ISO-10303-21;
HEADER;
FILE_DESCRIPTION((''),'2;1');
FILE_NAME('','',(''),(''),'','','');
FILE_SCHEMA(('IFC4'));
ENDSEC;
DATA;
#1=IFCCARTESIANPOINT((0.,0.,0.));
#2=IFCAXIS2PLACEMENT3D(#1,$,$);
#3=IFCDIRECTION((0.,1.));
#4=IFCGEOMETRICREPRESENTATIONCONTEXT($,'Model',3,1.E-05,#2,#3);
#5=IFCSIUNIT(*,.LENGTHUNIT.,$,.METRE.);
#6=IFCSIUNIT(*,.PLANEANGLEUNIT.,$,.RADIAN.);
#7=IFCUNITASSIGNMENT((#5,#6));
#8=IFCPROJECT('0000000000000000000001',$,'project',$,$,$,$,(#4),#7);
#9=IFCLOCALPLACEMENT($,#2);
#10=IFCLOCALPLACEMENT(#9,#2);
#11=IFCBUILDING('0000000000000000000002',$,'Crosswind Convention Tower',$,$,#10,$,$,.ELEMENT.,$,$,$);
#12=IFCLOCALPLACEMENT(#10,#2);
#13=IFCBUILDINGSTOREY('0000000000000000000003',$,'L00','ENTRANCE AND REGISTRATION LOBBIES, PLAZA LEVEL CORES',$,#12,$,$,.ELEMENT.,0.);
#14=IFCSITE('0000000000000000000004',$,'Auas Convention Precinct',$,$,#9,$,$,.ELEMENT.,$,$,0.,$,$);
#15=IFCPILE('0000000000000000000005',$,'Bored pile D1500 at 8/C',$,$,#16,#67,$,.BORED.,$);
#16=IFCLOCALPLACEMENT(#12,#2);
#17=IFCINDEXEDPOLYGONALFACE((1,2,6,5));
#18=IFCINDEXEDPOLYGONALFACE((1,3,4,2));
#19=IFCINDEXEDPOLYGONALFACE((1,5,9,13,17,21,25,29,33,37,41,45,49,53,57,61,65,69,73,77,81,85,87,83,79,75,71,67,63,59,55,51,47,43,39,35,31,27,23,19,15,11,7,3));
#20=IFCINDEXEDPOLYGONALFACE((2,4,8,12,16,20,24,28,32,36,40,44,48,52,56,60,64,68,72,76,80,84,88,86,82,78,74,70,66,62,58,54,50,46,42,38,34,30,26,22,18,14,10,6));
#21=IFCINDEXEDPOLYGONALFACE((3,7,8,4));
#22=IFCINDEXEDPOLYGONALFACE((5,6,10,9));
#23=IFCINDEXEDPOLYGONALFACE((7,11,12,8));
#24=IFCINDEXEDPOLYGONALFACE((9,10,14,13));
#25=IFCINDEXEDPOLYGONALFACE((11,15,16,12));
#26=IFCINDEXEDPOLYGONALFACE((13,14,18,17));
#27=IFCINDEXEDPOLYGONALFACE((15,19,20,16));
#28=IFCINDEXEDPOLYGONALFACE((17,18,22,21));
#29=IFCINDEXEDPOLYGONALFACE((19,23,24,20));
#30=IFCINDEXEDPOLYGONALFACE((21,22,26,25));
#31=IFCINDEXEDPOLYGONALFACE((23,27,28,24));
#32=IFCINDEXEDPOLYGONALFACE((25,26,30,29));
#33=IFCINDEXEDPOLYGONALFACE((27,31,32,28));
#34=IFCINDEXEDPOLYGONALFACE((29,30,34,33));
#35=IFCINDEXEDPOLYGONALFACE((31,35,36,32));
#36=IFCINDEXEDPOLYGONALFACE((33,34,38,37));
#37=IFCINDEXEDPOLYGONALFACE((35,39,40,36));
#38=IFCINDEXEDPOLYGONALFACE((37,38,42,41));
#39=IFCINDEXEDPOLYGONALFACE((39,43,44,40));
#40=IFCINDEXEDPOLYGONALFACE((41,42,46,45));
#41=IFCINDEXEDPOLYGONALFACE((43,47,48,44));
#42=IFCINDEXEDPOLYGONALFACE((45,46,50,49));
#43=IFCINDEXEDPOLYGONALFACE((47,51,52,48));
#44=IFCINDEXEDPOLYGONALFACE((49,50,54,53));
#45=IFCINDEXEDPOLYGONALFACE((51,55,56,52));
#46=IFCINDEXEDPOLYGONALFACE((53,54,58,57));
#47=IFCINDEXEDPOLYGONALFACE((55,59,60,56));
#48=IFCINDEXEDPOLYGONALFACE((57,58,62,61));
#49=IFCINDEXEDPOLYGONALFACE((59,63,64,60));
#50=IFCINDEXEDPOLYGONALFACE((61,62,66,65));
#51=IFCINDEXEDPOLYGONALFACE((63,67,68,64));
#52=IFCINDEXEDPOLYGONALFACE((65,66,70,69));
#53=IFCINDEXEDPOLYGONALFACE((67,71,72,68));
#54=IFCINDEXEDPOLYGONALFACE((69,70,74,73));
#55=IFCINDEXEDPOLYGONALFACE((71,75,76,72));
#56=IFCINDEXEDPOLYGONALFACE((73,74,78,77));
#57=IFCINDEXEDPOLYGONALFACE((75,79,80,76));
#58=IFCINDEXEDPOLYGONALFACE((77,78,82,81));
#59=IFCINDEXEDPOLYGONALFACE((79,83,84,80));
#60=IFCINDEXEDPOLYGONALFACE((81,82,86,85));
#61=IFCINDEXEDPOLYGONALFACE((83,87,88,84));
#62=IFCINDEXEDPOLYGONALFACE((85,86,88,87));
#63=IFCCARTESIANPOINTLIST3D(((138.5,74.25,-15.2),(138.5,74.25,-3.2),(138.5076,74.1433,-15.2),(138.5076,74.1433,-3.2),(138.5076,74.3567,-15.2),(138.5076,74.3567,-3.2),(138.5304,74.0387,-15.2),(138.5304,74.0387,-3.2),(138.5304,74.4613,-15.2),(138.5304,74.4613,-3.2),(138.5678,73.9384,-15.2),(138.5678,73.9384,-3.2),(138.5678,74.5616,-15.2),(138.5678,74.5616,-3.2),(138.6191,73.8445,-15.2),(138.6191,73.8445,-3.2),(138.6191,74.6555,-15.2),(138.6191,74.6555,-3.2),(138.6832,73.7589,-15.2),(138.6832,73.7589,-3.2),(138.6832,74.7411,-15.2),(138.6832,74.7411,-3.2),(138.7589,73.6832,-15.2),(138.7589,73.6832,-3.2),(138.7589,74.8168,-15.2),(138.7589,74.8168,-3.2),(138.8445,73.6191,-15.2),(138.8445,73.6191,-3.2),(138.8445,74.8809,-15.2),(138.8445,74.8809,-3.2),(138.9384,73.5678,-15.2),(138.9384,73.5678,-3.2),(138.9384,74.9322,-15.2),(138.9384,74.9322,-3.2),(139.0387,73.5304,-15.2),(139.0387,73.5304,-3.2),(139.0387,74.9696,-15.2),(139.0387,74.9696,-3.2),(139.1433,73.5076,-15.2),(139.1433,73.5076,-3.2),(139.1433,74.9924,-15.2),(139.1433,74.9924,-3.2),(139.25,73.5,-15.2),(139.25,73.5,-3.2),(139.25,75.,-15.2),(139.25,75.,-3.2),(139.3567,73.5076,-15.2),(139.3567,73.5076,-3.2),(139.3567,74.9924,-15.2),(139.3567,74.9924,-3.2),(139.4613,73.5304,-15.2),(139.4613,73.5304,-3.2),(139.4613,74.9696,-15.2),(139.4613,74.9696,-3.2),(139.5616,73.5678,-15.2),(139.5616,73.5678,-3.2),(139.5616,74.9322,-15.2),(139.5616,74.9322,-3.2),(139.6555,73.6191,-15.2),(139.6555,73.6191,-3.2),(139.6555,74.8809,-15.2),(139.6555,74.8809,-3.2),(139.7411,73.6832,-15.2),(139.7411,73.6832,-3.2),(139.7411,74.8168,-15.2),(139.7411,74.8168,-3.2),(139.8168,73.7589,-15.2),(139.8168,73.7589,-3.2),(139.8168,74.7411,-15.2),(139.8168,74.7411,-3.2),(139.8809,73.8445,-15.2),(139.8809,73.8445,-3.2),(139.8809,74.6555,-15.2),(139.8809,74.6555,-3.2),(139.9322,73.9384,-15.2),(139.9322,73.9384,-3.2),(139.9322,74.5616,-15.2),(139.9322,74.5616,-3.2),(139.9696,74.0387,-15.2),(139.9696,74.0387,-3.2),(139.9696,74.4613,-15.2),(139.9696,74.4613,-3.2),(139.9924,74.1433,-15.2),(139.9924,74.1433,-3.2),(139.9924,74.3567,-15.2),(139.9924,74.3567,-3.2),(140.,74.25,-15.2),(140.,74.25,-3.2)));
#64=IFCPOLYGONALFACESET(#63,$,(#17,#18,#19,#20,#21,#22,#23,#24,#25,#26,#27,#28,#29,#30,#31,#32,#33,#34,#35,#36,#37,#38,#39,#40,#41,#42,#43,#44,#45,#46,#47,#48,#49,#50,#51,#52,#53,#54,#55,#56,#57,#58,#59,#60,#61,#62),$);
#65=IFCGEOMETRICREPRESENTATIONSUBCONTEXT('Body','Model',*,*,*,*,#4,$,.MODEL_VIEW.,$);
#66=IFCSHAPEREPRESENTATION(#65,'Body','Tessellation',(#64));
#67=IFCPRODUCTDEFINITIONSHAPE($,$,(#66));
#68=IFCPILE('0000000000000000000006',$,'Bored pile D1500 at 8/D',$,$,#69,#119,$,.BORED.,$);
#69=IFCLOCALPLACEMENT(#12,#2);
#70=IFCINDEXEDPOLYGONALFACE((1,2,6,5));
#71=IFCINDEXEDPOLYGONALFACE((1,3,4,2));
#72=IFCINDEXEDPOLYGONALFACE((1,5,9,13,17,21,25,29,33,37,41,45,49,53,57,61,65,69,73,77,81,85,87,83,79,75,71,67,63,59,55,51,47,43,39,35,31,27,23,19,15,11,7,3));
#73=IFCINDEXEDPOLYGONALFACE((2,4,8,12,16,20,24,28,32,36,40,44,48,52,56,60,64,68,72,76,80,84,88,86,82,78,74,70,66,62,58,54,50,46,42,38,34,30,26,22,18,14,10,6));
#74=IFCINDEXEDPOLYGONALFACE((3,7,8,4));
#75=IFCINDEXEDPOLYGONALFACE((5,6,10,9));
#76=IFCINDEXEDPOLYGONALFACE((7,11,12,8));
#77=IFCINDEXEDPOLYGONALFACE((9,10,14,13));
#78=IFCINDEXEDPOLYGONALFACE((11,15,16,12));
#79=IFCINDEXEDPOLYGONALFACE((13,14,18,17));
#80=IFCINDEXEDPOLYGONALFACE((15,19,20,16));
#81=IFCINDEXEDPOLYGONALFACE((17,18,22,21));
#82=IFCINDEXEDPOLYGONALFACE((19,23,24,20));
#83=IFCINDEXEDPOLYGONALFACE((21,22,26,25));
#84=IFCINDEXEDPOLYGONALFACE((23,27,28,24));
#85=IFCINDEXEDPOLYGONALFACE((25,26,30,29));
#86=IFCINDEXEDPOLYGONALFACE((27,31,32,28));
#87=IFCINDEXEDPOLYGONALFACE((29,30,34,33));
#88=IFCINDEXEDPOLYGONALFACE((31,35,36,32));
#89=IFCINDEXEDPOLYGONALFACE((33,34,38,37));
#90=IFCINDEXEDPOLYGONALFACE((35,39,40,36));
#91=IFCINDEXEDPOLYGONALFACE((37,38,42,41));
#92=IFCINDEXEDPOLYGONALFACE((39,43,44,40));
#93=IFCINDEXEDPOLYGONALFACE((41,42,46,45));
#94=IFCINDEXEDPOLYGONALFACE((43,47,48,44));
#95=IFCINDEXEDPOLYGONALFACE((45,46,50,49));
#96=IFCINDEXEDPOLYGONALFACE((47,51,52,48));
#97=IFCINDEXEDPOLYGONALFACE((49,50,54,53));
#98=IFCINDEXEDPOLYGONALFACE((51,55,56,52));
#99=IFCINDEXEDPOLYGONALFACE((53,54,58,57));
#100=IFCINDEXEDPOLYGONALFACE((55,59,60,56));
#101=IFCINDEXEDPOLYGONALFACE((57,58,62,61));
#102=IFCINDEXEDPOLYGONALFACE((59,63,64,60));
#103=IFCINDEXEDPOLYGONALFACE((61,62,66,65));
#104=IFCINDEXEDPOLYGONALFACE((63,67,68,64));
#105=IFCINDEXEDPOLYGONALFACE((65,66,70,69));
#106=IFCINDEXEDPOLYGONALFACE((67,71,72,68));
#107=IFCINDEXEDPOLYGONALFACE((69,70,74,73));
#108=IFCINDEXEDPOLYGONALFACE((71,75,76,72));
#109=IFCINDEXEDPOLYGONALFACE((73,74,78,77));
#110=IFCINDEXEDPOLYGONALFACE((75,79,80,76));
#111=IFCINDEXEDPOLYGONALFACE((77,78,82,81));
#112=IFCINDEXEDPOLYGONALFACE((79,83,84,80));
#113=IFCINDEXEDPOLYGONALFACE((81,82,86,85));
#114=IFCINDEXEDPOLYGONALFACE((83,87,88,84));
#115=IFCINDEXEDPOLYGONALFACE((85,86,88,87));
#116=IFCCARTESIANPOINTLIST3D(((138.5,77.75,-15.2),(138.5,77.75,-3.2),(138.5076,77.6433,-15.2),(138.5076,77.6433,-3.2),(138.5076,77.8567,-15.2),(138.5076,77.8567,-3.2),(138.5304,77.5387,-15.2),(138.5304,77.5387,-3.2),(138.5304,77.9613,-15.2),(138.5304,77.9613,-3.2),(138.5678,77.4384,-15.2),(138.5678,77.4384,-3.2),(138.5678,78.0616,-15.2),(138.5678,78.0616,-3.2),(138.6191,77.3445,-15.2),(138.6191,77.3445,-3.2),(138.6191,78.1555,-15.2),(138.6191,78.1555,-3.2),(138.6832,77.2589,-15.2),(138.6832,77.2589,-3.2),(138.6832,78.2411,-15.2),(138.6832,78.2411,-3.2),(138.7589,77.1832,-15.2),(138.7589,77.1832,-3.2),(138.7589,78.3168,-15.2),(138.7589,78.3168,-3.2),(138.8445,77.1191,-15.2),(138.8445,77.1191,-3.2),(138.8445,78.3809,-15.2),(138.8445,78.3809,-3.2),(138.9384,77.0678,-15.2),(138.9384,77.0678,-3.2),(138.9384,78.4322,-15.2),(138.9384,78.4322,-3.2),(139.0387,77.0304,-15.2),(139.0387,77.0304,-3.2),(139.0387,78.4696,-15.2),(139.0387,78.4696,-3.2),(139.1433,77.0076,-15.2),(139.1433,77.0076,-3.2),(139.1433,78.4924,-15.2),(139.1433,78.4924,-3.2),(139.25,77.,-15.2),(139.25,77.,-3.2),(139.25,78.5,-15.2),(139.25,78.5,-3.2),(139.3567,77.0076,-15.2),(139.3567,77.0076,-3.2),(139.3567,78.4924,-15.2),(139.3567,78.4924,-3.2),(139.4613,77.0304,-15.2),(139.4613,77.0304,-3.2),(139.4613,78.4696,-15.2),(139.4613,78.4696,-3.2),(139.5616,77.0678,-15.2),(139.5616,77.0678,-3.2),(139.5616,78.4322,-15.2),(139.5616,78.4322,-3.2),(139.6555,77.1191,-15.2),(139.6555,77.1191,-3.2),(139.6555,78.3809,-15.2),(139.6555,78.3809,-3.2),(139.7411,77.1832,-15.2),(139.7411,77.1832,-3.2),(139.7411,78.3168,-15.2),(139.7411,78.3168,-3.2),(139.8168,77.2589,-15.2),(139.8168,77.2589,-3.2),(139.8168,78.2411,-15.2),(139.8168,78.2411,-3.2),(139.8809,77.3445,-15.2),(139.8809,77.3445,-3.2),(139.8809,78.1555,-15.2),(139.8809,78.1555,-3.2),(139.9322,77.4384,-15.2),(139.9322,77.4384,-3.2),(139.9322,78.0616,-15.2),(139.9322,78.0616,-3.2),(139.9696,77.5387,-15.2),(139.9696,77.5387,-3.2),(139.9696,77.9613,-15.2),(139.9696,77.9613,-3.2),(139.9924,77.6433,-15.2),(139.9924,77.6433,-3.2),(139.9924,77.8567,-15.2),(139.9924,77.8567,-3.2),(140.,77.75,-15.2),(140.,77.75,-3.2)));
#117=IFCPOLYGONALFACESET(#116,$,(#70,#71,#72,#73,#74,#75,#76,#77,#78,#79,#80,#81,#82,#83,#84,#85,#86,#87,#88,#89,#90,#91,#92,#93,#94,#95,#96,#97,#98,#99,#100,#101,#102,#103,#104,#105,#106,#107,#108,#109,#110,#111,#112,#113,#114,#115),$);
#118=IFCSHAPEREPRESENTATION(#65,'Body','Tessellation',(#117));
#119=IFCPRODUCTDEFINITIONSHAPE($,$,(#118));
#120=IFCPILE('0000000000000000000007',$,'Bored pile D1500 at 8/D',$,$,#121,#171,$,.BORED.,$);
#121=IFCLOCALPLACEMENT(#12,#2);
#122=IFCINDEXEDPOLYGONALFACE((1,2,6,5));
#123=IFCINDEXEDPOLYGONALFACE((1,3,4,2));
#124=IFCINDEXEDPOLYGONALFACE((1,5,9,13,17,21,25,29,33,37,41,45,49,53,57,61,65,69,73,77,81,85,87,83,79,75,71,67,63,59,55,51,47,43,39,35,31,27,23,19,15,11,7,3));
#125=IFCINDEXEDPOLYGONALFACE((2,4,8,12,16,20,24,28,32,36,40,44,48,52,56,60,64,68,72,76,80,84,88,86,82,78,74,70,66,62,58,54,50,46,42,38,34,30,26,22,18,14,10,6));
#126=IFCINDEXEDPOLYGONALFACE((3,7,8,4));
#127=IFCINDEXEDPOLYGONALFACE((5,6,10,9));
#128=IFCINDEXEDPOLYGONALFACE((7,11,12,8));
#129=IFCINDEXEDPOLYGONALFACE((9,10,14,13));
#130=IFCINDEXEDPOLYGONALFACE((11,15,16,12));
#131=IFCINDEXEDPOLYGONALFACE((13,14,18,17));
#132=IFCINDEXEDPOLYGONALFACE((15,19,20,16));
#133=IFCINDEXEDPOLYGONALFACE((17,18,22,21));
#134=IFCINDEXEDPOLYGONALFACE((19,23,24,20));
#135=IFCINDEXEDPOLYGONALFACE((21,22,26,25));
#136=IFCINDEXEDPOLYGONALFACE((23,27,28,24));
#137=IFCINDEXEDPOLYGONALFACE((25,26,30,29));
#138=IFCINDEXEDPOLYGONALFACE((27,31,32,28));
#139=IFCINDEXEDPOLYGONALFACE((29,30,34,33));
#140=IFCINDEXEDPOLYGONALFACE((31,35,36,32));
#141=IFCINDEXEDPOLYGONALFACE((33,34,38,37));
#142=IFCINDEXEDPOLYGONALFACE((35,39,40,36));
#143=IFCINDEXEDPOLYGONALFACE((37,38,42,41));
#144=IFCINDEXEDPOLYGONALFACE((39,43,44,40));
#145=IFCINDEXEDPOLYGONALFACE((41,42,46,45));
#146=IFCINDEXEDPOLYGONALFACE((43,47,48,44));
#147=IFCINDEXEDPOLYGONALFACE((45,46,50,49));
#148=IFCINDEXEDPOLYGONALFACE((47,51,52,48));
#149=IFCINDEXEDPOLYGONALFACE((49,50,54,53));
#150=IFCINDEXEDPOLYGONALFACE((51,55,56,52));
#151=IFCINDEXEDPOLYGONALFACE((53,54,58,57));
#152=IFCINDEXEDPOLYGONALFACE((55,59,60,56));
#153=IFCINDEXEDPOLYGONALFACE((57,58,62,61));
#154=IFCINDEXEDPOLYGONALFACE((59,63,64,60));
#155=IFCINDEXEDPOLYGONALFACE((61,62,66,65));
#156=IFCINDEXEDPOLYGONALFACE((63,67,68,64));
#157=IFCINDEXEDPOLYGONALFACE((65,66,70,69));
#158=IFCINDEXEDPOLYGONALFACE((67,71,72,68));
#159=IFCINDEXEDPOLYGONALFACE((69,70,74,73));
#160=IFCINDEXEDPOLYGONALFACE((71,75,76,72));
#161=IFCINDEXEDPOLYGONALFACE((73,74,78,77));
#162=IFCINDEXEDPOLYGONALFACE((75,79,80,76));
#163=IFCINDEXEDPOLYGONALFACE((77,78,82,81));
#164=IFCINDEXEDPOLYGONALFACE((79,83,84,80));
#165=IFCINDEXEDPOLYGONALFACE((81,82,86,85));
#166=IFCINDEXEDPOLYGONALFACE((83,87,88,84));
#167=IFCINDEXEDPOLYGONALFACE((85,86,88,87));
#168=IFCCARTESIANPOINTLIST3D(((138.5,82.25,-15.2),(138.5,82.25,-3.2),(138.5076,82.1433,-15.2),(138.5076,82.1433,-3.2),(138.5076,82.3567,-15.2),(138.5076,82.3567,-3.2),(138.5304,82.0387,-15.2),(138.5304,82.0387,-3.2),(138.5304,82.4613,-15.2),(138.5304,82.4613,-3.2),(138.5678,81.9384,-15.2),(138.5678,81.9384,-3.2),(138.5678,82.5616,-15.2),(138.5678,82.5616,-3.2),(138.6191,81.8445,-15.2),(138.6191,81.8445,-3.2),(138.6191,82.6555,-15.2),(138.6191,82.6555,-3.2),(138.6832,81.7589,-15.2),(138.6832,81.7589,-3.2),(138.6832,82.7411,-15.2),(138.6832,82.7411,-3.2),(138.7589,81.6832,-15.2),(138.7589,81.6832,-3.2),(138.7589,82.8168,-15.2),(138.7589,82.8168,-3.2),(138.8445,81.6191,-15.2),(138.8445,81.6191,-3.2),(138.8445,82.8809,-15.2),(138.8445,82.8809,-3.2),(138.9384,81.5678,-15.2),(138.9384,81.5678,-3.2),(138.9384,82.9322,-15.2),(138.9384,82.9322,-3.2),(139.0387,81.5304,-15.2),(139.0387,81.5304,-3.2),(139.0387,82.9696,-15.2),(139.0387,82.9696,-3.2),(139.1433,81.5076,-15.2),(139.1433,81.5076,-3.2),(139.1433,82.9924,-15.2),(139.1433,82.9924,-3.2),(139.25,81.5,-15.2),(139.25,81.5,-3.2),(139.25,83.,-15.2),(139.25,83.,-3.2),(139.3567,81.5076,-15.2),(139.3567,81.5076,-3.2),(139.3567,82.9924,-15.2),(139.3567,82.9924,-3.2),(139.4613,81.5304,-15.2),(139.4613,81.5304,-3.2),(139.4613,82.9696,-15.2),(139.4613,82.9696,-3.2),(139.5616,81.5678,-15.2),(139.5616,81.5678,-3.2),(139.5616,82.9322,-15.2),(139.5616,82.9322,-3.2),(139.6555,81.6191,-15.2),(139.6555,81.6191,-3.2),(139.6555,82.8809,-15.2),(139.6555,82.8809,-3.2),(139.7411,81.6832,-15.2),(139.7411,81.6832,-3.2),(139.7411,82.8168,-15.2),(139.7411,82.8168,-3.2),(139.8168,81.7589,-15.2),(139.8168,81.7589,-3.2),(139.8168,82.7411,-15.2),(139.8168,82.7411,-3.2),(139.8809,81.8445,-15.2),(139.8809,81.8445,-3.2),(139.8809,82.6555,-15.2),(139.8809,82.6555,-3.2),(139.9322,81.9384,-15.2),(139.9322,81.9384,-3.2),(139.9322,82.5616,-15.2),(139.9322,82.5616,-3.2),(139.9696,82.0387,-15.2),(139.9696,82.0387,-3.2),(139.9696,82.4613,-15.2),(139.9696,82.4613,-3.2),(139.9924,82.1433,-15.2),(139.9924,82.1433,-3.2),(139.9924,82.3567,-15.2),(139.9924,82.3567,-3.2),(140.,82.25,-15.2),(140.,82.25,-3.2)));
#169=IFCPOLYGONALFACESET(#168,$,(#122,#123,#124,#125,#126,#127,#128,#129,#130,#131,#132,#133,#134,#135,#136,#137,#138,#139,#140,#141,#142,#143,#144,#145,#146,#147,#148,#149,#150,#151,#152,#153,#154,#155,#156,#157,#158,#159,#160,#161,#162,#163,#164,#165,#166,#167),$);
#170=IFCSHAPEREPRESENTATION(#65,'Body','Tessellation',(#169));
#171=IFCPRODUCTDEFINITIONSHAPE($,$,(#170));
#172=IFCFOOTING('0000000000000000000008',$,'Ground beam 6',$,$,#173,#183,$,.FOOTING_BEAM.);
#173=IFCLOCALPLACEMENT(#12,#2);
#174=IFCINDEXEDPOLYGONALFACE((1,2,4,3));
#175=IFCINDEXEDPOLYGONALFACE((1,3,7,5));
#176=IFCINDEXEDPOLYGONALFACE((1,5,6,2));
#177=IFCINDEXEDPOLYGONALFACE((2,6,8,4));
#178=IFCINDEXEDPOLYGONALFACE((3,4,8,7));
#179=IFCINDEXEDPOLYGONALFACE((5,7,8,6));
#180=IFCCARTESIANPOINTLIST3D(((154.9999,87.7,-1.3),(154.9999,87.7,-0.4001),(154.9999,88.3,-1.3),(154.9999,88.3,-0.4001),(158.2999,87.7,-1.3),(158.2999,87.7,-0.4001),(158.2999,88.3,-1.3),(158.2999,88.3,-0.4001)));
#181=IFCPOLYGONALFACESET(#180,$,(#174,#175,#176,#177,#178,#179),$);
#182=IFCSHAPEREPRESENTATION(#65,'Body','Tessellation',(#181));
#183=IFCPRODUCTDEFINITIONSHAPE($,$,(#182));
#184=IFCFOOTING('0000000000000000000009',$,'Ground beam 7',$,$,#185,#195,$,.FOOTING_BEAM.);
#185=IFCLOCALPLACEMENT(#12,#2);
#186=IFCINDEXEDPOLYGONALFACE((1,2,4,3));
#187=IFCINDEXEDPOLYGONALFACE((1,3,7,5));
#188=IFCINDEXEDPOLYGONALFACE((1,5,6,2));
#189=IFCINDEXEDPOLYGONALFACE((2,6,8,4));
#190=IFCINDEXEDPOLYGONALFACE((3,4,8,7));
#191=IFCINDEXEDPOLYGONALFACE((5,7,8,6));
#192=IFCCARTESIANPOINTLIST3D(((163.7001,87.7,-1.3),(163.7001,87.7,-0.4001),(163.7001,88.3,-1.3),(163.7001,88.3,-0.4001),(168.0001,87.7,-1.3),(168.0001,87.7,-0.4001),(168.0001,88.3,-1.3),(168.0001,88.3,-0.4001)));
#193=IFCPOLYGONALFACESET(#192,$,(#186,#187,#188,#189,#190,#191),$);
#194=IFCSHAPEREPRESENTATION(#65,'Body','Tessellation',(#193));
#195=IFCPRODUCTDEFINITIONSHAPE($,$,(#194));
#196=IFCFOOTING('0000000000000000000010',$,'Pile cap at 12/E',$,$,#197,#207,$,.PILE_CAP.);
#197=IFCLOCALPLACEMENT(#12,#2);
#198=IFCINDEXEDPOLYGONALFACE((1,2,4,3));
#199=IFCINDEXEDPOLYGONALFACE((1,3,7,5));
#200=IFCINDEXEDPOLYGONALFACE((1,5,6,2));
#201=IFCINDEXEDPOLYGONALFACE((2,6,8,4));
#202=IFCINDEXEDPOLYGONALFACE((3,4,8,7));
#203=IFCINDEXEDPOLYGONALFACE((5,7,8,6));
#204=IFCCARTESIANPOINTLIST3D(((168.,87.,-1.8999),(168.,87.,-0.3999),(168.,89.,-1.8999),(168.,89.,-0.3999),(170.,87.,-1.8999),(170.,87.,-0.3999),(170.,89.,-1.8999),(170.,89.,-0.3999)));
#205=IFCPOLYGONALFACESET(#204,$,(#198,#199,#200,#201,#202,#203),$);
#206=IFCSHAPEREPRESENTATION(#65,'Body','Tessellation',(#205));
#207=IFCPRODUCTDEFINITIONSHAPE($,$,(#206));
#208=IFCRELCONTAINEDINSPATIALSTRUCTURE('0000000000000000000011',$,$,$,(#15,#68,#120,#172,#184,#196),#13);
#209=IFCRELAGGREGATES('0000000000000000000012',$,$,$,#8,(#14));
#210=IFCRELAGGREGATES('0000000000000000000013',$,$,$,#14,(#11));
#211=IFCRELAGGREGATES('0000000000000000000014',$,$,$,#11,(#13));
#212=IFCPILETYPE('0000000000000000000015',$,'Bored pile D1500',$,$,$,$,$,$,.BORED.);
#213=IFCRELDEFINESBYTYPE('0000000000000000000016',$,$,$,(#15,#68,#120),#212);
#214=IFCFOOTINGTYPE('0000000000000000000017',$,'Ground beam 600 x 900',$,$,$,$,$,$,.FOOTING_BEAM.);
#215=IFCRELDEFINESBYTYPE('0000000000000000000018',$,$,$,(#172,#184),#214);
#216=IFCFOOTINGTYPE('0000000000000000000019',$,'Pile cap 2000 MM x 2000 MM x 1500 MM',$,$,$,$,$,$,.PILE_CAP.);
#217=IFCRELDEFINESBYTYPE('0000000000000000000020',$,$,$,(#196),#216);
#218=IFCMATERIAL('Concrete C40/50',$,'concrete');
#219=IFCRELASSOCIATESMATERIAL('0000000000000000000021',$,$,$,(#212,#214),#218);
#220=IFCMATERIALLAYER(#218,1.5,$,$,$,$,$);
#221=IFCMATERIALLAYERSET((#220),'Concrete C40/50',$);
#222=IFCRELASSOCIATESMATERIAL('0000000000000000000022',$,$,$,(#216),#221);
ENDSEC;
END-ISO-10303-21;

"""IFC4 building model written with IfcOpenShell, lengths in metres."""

from ifc_helpers import new_model, si_unit, direction, frame, origin, origin_2d, place, context, subcontext, project, spatial, rectangle, circle, extrude, material, layer, layer_set, material_profile, profile_set, type_object, element, save


model = new_model("IFC4")

# Units and contexts
model_context = context("Model", 3, precision=1e-05, world=origin(), true_north=direction((0.0, 1.0)))
body_context = subcontext(model_context, "Body", "Model", "MODEL_VIEW")
ifc_project = project(units=[si_unit("LENGTHUNIT", "METRE"), si_unit("PLANEANGLEUNIT", "RADIAN")], contexts=[model_context])

# Site, building, storey
site_placement = place(None, origin())
site = spatial("IfcSite", under=ifc_project, at=site_placement, Name="Auas Convention Precinct", CompositionType="ELEMENT", RefElevation=0.0)
building_placement = place(site_placement, origin())
building = spatial("IfcBuilding", under=site, at=building_placement, Name="Crosswind Convention Tower", CompositionType="ELEMENT")
storey_placement = place(building_placement, origin())
storey = spatial("IfcBuildingStorey", under=building, at=storey_placement, Name="L00", Description="ENTRANCE AND REGISTRATION LOBBIES, PLAZA LEVEL CORES", CompositionType="ELEMENT", Elevation=0.0)

# Piles
ifc_material_1 = material(Name="Concrete C40/50", Category="concrete")
ifc_material_profile_1 = material_profile(ifc_material_1, circle(Radius=0.75, at=origin_2d()), Name="Bored pile D1500")
ifc_profile_set_1 = profile_set([ifc_material_profile_1], Name="Concrete C40/50")
pile_type_1 = type_object("IfcPileType", Name="Bored pile D1500", PredefinedType="BORED", material=ifc_profile_set_1)
for number, where, z_axis, x_axis, name in (
    (1, (139.25, 74.25, -3.2), (0.0, 0.0, -1.0), (1.0, 0.0, 0.0), "Bored pile D1500 at 8/C"),
    (2, (139.25, 77.75, -3.2), (0.0, 0.0, -1.0), (1.0, 0.0, 0.0), "Bored pile D1500 at 8/D"),
    (3, (139.25, 82.25, -3.2), (0.0, 0.0, -1.0), (1.0, 0.0, 0.0), "Bored pile D1500 at 8/D"),
):
    element("IfcPile", number, at=place(storey_placement, frame(where, z_axis=z_axis, x_axis=x_axis)), inside=storey, type_object=pile_type_1, Name=name, PredefinedType="BORED", context=body_context, shape_type="SweptSolid", body=[
        extrude(circle(Radius=0.75, at=origin_2d()), origin(), (0.0, 0.0, 1.0), 12.0),
    ])

# Footings
footing_type_1 = type_object("IfcFootingType", Name="Ground beam 600 x 900", PredefinedType="FOOTING_BEAM", material=ifc_material_1)
footing_1_placement = place(storey_placement, frame((156.6499, 88.0, -1.3), z_axis=(0.0, 0.0, 1.0), x_axis=(1.0, 0.0, 0.0)))
element("IfcFooting", 4, at=footing_1_placement, inside=storey, type_object=footing_type_1, Name="Ground beam 6", PredefinedType="FOOTING_BEAM", context=body_context, shape_type="SweptSolid", body=[
    extrude(rectangle(XDim=3.3, YDim=0.6001, at=origin_2d()), origin(), (0.0, 0.0, 1.0), 0.8999),
])
footing_2_placement = place(storey_placement, frame((165.8501, 88.0, -1.3), z_axis=(0.0, 0.0, 1.0), x_axis=(1.0, 0.0, 0.0)))
element("IfcFooting", 5, at=footing_2_placement, inside=storey, type_object=footing_type_1, Name="Ground beam 7", PredefinedType="FOOTING_BEAM", context=body_context, shape_type="SweptSolid", body=[
    extrude(rectangle(XDim=4.3, YDim=0.6001, at=origin_2d()), origin(), (0.0, 0.0, 1.0), 0.8999),
])
ifc_layer_1 = layer(ifc_material_1, 1.5)
ifc_layer_set_1 = layer_set([ifc_layer_1], Name="Concrete C40/50")
footing_type_2 = type_object("IfcFootingType", Name="Pile cap 2000 MM x 2000 MM x 1500 MM", PredefinedType="PILE_CAP", material=ifc_layer_set_1)
footing_3_placement = place(storey_placement, frame((169.0, 88.0, -1.8999), z_axis=(0.0, 0.0, 1.0), x_axis=(1.0, 0.0, 0.0)))
element("IfcFooting", 6, at=footing_3_placement, inside=storey, type_object=footing_type_2, Name="Pile cap at 12/E", PredefinedType="PILE_CAP", context=body_context, shape_type="SweptSolid", body=[
    extrude(rectangle(XDim=2.0, YDim=2.0, at=origin_2d()), origin(), (0.0, 0.0, 1.0), 1.5),
])

save(model, "model.ifc")
